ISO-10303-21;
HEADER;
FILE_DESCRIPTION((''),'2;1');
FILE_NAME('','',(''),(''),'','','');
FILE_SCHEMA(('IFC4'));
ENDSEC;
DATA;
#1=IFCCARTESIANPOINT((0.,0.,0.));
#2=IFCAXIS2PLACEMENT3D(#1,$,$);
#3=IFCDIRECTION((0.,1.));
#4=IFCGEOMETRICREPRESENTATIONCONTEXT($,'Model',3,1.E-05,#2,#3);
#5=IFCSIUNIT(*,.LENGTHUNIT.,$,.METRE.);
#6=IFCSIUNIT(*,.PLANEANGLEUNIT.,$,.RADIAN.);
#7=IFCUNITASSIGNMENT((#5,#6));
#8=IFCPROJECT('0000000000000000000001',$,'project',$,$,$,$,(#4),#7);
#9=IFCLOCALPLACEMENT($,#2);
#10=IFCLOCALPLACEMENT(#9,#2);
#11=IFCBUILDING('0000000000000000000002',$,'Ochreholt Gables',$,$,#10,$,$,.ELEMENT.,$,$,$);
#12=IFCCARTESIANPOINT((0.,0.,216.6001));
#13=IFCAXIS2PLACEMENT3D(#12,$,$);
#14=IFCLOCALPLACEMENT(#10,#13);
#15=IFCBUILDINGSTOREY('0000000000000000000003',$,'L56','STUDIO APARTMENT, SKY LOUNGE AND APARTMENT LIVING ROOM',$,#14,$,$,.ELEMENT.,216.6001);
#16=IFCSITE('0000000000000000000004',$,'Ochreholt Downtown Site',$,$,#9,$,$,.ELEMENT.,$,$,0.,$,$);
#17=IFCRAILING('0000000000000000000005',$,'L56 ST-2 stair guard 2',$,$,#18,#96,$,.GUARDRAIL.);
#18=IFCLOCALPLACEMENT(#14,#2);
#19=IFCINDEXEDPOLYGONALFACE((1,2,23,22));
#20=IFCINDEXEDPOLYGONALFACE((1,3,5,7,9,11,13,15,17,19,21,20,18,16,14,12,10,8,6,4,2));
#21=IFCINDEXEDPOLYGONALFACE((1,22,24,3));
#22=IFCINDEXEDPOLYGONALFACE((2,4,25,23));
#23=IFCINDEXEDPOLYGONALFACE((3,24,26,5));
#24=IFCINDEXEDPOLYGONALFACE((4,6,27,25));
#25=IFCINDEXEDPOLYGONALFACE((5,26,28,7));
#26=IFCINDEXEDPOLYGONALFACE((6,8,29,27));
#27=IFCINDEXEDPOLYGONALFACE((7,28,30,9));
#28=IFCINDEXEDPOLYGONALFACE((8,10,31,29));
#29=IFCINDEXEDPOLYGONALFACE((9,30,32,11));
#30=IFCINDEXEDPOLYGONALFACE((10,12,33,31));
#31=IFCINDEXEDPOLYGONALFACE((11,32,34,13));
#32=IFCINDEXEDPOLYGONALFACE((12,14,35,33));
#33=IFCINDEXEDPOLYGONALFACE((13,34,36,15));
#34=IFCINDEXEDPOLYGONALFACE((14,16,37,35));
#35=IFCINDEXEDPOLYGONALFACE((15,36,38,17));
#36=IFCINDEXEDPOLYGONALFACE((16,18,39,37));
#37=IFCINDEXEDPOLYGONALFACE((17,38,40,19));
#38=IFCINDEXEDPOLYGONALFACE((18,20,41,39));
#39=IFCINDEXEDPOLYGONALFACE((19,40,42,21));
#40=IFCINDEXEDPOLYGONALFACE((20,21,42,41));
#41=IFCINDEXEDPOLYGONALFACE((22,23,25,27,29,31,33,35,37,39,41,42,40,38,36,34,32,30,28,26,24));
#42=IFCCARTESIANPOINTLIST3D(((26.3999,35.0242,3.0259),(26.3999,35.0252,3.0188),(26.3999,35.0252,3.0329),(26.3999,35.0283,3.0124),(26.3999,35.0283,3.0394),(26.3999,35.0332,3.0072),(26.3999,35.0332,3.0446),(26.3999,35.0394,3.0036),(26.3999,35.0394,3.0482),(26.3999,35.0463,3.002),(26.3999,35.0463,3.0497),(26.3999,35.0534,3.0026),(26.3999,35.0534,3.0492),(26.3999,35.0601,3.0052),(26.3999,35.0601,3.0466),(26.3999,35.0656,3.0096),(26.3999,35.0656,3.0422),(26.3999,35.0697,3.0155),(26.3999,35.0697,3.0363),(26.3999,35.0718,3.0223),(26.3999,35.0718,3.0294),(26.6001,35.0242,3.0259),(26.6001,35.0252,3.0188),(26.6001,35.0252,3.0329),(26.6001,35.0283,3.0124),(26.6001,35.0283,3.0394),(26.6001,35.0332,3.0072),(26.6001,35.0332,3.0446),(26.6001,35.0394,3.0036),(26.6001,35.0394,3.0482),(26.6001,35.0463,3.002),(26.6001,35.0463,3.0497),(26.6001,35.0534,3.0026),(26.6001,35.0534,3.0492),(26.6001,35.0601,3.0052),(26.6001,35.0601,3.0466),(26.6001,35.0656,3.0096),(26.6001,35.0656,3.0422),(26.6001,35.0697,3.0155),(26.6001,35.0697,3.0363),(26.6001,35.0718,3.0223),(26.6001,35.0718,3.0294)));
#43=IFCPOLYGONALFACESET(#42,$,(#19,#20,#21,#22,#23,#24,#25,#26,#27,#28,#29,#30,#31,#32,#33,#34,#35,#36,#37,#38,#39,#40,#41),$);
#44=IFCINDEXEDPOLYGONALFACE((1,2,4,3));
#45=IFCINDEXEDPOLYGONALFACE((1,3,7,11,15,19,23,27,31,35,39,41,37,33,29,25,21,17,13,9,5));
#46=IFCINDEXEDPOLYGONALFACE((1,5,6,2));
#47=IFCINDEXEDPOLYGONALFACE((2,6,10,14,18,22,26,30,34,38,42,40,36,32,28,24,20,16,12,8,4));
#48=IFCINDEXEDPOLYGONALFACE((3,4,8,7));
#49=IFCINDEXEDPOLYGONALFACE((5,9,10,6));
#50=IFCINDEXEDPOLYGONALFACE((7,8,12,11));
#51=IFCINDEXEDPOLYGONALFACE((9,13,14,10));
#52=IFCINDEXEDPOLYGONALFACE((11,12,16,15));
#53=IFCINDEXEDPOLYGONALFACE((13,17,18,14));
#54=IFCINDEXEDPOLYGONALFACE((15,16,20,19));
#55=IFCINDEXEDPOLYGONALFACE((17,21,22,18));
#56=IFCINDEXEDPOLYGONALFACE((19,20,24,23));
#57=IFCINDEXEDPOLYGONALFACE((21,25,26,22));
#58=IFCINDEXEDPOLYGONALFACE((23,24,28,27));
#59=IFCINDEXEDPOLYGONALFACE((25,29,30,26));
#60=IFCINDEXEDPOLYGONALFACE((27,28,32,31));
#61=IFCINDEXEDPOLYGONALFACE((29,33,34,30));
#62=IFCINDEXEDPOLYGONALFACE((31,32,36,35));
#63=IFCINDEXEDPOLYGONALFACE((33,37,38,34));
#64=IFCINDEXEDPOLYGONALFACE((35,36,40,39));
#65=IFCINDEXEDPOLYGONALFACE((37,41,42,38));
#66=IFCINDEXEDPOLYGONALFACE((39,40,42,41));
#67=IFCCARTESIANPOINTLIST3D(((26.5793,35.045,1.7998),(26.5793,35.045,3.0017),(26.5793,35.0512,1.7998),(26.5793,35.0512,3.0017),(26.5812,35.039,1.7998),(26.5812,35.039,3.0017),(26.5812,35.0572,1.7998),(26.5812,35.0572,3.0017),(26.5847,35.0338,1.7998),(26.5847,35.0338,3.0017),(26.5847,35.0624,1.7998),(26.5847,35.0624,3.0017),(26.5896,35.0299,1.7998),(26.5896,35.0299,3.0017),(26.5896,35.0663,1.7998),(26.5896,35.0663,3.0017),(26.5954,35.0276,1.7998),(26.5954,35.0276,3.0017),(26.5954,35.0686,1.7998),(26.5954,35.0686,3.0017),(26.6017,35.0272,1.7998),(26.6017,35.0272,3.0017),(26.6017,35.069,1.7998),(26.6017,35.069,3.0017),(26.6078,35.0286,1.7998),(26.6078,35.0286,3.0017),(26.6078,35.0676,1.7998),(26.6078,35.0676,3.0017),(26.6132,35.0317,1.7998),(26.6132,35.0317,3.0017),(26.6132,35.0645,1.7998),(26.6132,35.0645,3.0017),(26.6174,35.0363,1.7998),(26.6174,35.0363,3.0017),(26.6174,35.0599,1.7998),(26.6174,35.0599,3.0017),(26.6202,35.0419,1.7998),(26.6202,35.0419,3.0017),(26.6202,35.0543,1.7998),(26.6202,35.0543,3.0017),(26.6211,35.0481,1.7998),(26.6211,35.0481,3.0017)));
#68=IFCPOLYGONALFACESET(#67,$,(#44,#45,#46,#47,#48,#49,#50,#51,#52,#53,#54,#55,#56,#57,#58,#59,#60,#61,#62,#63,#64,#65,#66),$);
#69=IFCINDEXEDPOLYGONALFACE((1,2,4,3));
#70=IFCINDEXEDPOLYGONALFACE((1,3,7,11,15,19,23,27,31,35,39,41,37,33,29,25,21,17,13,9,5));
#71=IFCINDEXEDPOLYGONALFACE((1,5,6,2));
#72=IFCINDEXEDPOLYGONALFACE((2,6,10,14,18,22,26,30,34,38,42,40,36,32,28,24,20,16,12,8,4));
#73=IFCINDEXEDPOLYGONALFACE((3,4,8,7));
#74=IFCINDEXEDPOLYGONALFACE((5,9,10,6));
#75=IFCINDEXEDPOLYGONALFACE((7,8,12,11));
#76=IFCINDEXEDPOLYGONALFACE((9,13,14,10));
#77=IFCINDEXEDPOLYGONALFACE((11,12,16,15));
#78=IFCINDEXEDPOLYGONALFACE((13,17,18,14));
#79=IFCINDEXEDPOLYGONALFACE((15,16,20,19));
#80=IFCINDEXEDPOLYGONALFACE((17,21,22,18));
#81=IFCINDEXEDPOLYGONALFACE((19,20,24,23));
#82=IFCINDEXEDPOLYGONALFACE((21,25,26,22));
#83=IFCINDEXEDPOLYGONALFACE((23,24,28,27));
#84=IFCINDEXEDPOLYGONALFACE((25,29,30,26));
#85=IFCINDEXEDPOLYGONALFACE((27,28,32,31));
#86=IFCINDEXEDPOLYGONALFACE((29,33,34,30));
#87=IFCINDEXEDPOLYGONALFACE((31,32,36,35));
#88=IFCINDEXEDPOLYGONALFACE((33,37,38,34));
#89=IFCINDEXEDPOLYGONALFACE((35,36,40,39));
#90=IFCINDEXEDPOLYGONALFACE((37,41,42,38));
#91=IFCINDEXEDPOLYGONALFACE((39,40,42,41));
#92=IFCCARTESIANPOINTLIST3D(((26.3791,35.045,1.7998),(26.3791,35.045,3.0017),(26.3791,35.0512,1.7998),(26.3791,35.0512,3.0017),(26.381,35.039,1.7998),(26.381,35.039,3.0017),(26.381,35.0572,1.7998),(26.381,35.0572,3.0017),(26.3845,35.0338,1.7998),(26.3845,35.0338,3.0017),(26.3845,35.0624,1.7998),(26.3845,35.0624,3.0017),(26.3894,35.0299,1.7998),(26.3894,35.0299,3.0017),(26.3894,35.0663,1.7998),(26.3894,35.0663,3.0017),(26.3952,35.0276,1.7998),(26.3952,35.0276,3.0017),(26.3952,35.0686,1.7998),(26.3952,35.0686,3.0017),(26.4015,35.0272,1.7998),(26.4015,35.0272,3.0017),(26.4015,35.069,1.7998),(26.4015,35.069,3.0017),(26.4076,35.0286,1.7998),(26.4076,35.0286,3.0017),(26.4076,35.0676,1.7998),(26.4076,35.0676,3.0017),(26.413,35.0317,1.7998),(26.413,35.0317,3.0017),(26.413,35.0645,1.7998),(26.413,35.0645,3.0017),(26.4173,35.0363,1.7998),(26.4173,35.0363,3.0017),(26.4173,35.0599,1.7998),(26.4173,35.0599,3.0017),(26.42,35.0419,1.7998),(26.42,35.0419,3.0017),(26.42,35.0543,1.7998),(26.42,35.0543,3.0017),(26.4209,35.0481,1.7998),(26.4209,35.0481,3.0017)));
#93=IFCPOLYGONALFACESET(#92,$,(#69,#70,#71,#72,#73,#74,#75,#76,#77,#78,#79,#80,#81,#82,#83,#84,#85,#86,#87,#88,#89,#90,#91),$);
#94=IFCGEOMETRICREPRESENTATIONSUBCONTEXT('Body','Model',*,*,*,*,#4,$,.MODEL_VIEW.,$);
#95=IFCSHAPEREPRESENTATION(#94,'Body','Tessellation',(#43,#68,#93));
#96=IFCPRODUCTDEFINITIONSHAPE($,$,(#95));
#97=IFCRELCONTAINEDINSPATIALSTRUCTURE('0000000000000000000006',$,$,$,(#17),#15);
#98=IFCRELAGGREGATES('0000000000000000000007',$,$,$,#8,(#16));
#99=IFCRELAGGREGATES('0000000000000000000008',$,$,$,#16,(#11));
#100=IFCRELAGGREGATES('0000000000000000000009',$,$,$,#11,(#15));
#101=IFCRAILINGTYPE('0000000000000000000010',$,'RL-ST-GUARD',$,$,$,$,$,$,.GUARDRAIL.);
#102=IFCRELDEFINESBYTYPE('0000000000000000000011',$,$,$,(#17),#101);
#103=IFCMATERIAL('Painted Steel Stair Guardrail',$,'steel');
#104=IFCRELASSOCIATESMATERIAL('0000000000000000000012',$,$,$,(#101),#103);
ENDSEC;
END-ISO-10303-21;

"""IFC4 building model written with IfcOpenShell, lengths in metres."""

from ifc_helpers import new_model, si_unit, direction, frame, origin, origin_2d, place, context, subcontext, project, spatial, circle, extrude, material, type_object, element, save


model = new_model("IFC4")

# Units and contexts
model_context = context("Model", 3, precision=1e-05, world=origin(), true_north=direction((0.0, 1.0)))
body_context = subcontext(model_context, "Body", "Model", "MODEL_VIEW")
ifc_project = project(units=[si_unit("LENGTHUNIT", "METRE"), si_unit("PLANEANGLEUNIT", "RADIAN")], contexts=[model_context])

# Site, building, storey
site_placement = place(None, origin())
site = spatial("IfcSite", under=ifc_project, at=site_placement, Name="Ochreholt Downtown Site", CompositionType="ELEMENT", RefElevation=0.0)
building_placement = place(site_placement, origin())
building = spatial("IfcBuilding", under=site, at=building_placement, Name="Ochreholt Gables", CompositionType="ELEMENT")
storey_placement = place(building_placement, frame((0.0, 0.0, 216.6001)))
storey = spatial("IfcBuildingStorey", under=building, at=storey_placement, Name="L56", Description="STUDIO APARTMENT, SKY LOUNGE AND APARTMENT LIVING ROOM", CompositionType="ELEMENT", Elevation=216.6001)

# Railing
ifc_material_1 = material(Name="Painted Steel Stair Guardrail", Category="steel")
railing_type_1 = type_object("IfcRailingType", Name="RL-ST-GUARD", PredefinedType="GUARDRAIL", material=ifc_material_1)
railing_1_placement = place(storey_placement, frame((26.6001, 35.0481, 1.7998)))
element("IfcRailing", 1, at=railing_1_placement, inside=storey, type_object=railing_type_1, Name="L56 ST-2 stair guard 2", PredefinedType="GUARDRAIL", context=body_context, shape_type="SweptSolid", body=[
    extrude(circle(Radius=0.0239, at=origin_2d()), frame((0.0, 0.0, 1.2261), z_axis=(-1.0, 0.0, 0.0), x_axis=(0.0, -1.0, 0.0)), (0.0, 0.0, 1.0), 0.2002),
    extrude(circle(Radius=0.021, at=origin_2d()), origin(), (0.0, 0.0, 1.0), 1.2019),
    extrude(circle(Radius=0.021, at=origin_2d()), frame((-0.2002, 0.0, 0.0)), (0.0, 0.0, 1.0), 1.2019),
])

save(model, "model.ifc")
